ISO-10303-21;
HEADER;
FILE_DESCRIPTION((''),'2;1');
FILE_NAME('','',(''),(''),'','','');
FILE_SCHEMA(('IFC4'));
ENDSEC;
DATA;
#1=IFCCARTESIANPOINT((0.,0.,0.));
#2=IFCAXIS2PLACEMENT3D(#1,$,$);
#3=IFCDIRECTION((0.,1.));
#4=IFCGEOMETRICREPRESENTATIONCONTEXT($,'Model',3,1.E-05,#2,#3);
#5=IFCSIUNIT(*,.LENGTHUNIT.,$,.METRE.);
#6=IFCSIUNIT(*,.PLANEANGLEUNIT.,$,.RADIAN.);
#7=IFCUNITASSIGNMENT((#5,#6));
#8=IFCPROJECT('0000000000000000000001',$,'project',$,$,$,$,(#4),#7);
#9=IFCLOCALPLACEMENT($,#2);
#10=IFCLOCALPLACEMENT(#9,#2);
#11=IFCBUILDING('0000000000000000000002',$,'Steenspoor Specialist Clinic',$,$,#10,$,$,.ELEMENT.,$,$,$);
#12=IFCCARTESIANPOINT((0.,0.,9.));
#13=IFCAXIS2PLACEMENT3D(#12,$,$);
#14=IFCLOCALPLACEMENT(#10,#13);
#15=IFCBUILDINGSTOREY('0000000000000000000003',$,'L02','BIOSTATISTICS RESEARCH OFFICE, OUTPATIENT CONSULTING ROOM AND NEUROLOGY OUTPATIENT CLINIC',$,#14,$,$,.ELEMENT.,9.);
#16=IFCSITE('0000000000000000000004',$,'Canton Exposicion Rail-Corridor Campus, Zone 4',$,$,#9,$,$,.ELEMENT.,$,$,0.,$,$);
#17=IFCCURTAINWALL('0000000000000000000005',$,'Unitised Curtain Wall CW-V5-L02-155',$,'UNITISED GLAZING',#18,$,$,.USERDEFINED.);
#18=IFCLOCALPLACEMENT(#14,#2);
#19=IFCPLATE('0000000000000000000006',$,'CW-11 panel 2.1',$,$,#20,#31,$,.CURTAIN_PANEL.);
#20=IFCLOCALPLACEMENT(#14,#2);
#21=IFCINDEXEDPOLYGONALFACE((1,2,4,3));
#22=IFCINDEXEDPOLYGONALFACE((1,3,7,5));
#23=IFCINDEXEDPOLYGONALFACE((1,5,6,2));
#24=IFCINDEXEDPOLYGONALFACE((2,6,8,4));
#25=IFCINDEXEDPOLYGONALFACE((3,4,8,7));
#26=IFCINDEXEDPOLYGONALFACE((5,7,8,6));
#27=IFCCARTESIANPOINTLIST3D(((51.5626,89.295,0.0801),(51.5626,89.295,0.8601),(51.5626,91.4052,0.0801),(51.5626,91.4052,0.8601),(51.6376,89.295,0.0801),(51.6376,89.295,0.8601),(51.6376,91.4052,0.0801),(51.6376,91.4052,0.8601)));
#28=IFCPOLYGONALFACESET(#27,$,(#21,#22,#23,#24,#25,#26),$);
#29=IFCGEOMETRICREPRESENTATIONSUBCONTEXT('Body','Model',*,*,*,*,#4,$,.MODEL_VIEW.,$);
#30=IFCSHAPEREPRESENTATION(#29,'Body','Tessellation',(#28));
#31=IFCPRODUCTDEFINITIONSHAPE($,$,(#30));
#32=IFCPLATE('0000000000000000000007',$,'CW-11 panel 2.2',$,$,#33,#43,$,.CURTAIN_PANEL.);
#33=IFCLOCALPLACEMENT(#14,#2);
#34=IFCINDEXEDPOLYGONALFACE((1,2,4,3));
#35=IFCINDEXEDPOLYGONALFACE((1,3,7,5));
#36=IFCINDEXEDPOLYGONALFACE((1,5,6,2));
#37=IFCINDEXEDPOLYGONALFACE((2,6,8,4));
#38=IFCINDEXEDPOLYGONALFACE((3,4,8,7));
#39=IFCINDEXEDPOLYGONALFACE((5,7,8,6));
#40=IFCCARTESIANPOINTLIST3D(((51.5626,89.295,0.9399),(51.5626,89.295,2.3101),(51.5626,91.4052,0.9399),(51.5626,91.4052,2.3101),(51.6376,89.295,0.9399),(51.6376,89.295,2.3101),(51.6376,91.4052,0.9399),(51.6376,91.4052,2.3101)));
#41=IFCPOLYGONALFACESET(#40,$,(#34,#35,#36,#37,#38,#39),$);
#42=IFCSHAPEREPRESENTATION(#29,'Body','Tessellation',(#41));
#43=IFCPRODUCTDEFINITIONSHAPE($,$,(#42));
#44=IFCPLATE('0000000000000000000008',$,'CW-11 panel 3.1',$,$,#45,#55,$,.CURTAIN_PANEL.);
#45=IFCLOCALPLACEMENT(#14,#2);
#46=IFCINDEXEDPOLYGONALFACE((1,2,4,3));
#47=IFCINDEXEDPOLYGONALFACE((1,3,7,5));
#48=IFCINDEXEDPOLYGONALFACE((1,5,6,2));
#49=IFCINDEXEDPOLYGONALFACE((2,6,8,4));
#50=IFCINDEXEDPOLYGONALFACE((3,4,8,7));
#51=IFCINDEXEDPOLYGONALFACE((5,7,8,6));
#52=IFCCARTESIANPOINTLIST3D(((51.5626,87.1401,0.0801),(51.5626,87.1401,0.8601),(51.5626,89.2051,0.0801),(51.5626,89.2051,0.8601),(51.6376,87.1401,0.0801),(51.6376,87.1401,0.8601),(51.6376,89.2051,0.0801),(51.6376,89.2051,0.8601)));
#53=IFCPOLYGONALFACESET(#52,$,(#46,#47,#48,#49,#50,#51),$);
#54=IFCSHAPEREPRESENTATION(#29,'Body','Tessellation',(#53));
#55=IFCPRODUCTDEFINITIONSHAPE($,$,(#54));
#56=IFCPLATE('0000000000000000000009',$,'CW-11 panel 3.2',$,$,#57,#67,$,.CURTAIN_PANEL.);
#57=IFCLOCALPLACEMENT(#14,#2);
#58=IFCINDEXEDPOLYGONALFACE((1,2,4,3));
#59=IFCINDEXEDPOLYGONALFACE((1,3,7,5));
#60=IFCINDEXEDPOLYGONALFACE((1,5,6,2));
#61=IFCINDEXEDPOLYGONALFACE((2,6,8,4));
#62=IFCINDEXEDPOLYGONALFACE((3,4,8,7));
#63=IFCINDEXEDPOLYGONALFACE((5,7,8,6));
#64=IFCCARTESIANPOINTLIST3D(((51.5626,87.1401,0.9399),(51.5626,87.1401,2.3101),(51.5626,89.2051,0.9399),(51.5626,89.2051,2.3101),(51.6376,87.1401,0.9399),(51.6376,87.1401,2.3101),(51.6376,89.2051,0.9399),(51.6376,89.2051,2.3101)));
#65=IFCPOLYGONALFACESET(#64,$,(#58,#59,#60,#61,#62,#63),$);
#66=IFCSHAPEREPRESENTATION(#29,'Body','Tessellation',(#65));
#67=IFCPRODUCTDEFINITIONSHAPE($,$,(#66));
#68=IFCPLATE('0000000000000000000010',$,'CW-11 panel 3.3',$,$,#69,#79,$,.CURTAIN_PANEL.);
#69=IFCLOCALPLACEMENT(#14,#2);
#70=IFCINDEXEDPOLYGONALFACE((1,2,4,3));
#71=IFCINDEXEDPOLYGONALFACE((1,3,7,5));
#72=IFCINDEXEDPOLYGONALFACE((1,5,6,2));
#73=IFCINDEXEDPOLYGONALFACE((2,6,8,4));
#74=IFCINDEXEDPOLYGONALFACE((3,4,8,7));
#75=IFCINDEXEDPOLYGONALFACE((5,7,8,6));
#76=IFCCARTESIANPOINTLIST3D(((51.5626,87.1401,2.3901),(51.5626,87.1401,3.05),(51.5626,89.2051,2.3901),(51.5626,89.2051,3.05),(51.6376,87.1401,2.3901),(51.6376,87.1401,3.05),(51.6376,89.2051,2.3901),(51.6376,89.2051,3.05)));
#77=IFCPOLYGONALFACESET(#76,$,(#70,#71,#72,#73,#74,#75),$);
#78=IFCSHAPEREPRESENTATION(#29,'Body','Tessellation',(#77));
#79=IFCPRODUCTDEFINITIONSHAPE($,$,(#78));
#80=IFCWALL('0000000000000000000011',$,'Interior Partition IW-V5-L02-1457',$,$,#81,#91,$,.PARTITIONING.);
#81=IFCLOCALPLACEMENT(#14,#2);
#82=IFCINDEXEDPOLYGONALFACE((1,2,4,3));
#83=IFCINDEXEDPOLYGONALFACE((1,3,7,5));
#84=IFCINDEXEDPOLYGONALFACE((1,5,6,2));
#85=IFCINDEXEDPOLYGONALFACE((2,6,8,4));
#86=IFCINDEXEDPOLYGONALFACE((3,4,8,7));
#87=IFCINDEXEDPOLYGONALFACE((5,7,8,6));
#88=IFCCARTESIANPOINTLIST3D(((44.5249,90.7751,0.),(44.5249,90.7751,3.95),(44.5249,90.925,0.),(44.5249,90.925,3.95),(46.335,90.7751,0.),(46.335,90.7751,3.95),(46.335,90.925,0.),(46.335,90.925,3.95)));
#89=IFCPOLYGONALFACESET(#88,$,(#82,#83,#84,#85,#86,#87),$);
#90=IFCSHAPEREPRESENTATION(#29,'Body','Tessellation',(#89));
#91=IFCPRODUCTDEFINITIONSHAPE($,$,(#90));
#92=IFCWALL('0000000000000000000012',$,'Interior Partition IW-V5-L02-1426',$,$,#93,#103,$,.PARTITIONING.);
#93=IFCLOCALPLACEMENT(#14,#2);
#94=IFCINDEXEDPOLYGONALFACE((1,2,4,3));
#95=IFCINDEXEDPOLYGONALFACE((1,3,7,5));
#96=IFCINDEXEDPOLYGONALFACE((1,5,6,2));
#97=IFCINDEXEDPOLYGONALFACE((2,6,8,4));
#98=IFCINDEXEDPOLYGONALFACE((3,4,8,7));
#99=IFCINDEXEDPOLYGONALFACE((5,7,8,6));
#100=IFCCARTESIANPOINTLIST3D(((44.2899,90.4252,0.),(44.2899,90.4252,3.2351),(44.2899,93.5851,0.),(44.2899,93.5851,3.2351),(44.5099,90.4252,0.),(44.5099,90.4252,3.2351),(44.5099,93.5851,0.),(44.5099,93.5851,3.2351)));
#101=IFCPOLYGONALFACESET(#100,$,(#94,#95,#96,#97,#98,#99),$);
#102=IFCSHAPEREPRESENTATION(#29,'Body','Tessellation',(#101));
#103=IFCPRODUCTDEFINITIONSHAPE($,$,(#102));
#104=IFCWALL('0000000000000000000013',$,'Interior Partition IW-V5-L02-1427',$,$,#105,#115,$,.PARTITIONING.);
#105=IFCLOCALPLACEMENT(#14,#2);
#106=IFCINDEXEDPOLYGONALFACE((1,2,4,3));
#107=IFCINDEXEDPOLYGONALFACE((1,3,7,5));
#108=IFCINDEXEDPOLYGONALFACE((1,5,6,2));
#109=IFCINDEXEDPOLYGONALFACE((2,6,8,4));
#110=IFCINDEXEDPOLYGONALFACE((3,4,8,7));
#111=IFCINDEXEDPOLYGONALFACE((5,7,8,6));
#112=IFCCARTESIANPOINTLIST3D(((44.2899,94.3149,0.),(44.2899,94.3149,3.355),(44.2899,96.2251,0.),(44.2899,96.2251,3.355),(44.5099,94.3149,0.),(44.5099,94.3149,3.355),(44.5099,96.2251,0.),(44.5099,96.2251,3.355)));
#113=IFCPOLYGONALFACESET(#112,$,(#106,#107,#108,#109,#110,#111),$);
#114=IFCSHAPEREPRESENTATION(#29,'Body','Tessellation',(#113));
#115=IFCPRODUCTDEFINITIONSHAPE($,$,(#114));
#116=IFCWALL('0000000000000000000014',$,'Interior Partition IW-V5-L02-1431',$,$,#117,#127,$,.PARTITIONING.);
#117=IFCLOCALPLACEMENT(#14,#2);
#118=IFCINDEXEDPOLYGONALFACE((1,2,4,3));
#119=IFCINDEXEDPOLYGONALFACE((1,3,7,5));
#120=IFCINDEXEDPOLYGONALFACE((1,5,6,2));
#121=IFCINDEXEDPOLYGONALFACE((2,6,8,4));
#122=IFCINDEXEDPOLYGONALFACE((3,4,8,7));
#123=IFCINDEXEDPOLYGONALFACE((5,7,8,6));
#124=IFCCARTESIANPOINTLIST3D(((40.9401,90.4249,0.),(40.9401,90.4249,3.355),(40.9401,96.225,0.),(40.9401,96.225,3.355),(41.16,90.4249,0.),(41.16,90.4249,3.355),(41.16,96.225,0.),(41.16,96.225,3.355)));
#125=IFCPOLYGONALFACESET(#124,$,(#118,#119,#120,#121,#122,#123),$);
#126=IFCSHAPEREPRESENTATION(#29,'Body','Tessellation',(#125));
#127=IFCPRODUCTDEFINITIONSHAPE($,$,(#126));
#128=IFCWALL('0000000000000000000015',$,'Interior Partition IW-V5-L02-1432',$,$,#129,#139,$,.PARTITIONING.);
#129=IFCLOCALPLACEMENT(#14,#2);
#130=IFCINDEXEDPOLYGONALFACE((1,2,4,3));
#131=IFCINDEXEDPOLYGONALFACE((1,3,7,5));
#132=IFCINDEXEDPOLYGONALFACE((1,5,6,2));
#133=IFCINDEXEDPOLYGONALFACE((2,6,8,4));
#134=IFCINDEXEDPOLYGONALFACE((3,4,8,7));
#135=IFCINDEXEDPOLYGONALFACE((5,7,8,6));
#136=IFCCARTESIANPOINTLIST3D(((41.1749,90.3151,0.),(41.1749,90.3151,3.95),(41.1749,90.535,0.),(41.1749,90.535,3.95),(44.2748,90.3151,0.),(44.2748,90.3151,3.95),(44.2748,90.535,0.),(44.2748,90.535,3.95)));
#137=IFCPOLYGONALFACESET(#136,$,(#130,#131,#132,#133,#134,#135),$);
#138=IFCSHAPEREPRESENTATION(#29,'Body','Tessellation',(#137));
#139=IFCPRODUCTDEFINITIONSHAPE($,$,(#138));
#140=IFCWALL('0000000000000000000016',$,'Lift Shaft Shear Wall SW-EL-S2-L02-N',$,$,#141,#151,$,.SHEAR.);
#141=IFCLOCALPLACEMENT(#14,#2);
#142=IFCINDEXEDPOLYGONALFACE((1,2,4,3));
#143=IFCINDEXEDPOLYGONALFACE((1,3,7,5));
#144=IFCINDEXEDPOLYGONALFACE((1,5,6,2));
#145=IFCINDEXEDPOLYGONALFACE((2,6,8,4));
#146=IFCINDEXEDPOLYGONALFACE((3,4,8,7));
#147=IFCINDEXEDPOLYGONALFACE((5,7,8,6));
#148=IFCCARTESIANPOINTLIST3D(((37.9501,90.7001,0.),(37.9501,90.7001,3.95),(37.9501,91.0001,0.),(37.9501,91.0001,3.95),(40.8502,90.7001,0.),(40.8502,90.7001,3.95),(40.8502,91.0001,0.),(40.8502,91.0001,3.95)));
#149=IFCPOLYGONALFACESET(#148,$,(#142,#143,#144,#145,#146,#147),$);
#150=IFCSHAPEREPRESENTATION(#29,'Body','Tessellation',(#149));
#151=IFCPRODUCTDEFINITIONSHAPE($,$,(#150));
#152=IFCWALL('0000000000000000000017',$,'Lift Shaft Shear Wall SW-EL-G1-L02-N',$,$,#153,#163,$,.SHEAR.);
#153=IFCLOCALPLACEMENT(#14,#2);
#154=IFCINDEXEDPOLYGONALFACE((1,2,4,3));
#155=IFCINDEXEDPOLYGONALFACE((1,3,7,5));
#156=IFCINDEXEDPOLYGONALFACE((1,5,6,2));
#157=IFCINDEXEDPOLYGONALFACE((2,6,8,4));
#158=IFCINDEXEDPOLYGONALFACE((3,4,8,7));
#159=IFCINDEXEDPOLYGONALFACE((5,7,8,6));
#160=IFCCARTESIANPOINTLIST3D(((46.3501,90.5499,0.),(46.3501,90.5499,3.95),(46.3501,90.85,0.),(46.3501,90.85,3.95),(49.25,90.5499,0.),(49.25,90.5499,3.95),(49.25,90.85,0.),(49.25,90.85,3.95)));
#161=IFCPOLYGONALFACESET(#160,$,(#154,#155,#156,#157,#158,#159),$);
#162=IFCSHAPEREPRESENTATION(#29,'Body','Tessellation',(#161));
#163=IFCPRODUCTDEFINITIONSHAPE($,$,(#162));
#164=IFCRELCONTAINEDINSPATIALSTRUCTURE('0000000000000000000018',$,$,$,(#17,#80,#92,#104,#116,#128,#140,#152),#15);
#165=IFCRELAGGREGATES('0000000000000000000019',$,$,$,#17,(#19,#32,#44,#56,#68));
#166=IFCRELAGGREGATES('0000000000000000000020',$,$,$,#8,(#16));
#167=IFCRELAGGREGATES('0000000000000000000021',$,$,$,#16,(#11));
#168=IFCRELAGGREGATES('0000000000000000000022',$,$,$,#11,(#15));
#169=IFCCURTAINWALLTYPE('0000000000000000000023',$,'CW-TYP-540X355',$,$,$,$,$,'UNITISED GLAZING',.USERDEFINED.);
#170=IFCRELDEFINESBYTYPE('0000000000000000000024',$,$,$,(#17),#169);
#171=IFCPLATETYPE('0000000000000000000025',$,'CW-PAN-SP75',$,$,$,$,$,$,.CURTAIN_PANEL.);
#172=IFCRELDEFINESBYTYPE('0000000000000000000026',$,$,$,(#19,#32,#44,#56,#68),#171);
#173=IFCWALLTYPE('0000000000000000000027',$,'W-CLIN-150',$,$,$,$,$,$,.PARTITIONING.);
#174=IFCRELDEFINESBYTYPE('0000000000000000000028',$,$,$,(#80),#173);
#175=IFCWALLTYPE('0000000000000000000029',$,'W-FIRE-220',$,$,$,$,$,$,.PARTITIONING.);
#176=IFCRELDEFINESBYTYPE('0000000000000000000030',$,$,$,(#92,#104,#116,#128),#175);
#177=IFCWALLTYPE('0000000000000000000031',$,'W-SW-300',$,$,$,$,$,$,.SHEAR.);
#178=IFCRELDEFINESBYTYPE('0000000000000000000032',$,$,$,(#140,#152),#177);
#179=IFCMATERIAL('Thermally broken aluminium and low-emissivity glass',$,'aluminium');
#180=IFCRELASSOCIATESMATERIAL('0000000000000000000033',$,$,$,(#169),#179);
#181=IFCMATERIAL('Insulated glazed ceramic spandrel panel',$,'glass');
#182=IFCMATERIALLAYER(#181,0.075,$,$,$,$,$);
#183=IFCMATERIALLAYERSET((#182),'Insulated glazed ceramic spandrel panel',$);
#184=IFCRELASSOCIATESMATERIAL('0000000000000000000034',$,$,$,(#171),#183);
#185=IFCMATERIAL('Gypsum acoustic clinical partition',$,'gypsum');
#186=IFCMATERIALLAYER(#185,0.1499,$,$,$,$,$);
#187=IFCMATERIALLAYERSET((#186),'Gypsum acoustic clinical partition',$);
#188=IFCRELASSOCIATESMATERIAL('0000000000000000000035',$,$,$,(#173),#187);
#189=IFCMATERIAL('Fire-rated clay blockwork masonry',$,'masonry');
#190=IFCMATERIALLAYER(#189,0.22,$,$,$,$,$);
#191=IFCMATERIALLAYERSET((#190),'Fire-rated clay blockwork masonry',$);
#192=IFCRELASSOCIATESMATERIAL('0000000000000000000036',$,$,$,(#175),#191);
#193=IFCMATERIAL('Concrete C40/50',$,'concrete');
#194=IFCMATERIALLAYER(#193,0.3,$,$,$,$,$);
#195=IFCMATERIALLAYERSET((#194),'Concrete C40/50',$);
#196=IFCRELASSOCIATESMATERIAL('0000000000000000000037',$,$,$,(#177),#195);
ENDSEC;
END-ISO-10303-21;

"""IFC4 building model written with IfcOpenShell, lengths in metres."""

from ifc_helpers import new_model, si_unit, direction, frame, frame_2d, origin, origin_2d, place, context, subcontext, project, spatial, rectangle, extrude, material, layer, layer_set, type_object, element, aggregate, save


model = new_model("IFC4")

# Units and contexts
model_context = context("Model", 3, precision=1e-05, world=origin(), true_north=direction((0.0, 1.0)))
body_context = subcontext(model_context, "Body", "Model", "MODEL_VIEW")
ifc_project = project(units=[si_unit("LENGTHUNIT", "METRE"), si_unit("PLANEANGLEUNIT", "RADIAN")], contexts=[model_context])

# Site, building, storey
site_placement = place(None, origin())
site = spatial("IfcSite", under=ifc_project, at=site_placement, Name="Canton Exposicion Rail-Corridor Campus, Zone 4", CompositionType="ELEMENT", RefElevation=0.0)
building_placement = place(site_placement, origin())
building = spatial("IfcBuilding", under=site, at=building_placement, Name="Steenspoor Specialist Clinic", CompositionType="ELEMENT")
storey_placement = place(building_placement, frame((0.0, 0.0, 9.0)))
storey = spatial("IfcBuildingStorey", under=building, at=storey_placement, Name="L02", Description="BIOSTATISTICS RESEARCH OFFICE, OUTPATIENT CONSULTING ROOM AND NEUROLOGY OUTPATIENT CLINIC", CompositionType="ELEMENT", Elevation=9.0)

# Shared definitions
ifc_material_1 = material(Name="Concrete C40/50", Category="concrete")

# Curtain wall
ifc_material_2 = material(Name="Thermally broken aluminium and low-emissivity glass", Category="aluminium")
curtain_wall_type = type_object("IfcCurtainWallType", Name="CW-TYP-540X355", ElementType="UNITISED GLAZING", PredefinedType="USERDEFINED", material=ifc_material_2)
curtain_wall_placement = place(storey_placement, origin())
curtain_wall = element("IfcCurtainWall", 1, at=curtain_wall_placement, inside=storey, type_object=curtain_wall_type, Name="Unitised Curtain Wall CW-V5-L02-155", ObjectType="UNITISED GLAZING", PredefinedType="USERDEFINED")

# Plates
ifc_material_3 = material(Name="Insulated glazed ceramic spandrel panel", Category="glass")
ifc_layer_1 = layer(ifc_material_3, 0.075)
ifc_layer_set_1 = layer_set([ifc_layer_1], Name="Insulated glazed ceramic spandrel panel")
plate_type = type_object("IfcPlateType", Name="CW-PAN-SP75", PredefinedType="CURTAIN_PANEL", material=ifc_layer_set_1)
plate_1_placement = place(storey_placement, frame((51.6001, 90.3501, 0.0801), z_axis=(0.0, 0.0, 1.0), x_axis=(0.0, -1.0, 0.0)))
plate_1 = element("IfcPlate", 2, at=plate_1_placement, type_object=plate_type, Name="CW-11 panel 2.1", PredefinedType="CURTAIN_PANEL", context=body_context, shape_type="SweptSolid", body=[
    extrude(rectangle(XDim=2.1101, YDim=0.075, at=origin_2d()), origin(), (0.0, 0.0, 1.0), 0.78),
])
plate_2_placement = place(storey_placement, frame((51.6001, 90.3501, 0.9399), z_axis=(0.0, 0.0, 1.0), x_axis=(0.0, -1.0, 0.0)))
plate_2 = element("IfcPlate", 3, at=plate_2_placement, type_object=plate_type, Name="CW-11 panel 2.2", PredefinedType="CURTAIN_PANEL", context=body_context, shape_type="SweptSolid", body=[
    extrude(rectangle(XDim=2.1101, YDim=0.075, at=origin_2d()), origin(), (0.0, 0.0, 1.0), 1.3701),
])
plate_3_placement = place(storey_placement, frame((51.6001, 88.1726, 0.0801), z_axis=(0.0, 0.0, 1.0), x_axis=(0.0, -1.0, 0.0)))
plate_3 = element("IfcPlate", 4, at=plate_3_placement, type_object=plate_type, Name="CW-11 panel 3.1", PredefinedType="CURTAIN_PANEL", context=body_context, shape_type="SweptSolid", body=[
    extrude(rectangle(XDim=2.0649, YDim=0.075, at=origin_2d()), origin(), (0.0, 0.0, 1.0), 0.78),
])
plate_4_placement = place(storey_placement, frame((51.6001, 88.1726, 0.9399), z_axis=(0.0, 0.0, 1.0), x_axis=(0.0, -1.0, 0.0)))
plate_4 = element("IfcPlate", 5, at=plate_4_placement, type_object=plate_type, Name="CW-11 panel 3.2", PredefinedType="CURTAIN_PANEL", context=body_context, shape_type="SweptSolid", body=[
    extrude(rectangle(XDim=2.0649, YDim=0.075, at=origin_2d()), origin(), (0.0, 0.0, 1.0), 1.3701),
])
plate_5_placement = place(storey_placement, frame((51.6001, 88.1726, 2.3901), z_axis=(0.0, 0.0, 1.0), x_axis=(0.0, -1.0, 0.0)))
plate_5 = element("IfcPlate", 6, at=plate_5_placement, type_object=plate_type, Name="CW-11 panel 3.3", PredefinedType="CURTAIN_PANEL", context=body_context, shape_type="SweptSolid", body=[
    extrude(rectangle(XDim=2.0649, YDim=0.075, at=origin_2d()), origin(), (0.0, 0.0, 1.0), 0.6599),
])
aggregate(curtain_wall, [plate_1, plate_2, plate_3, plate_4, plate_5])

# Walls
ifc_material_4 = material(Name="Gypsum acoustic clinical partition", Category="gypsum")
ifc_layer_2 = layer(ifc_material_4, 0.1499)
ifc_layer_set_2 = layer_set([ifc_layer_2], Name="Gypsum acoustic clinical partition")
wall_type_1 = type_object("IfcWallType", Name="W-CLIN-150", PredefinedType="PARTITIONING", material=ifc_layer_set_2)
wall_1_placement = place(storey_placement, frame((44.5249, 90.8501, 0.0), z_axis=(0.0, 0.0, 1.0), x_axis=(1.0, 0.0, 0.0)))
element("IfcWall", 7, at=wall_1_placement, inside=storey, type_object=wall_type_1, Name="Interior Partition IW-V5-L02-1457", PredefinedType="PARTITIONING", context=body_context, shape_type="SweptSolid", body=[
    extrude(rectangle(XDim=1.8101, YDim=0.1499, at=frame_2d((0.905, 0.0))), origin(), (0.0, 0.0, 1.0), 3.95),
])
ifc_material_5 = material(Name="Fire-rated clay blockwork masonry", Category="masonry")
ifc_layer_3 = layer(ifc_material_5, 0.22)
ifc_layer_set_3 = layer_set([ifc_layer_3], Name="Fire-rated clay blockwork masonry")
wall_type_2 = type_object("IfcWallType", Name="W-FIRE-220", PredefinedType="PARTITIONING", material=ifc_layer_set_3)
wall_2_placement = place(storey_placement, frame((44.3999, 90.425, 0.0), z_axis=(0.0, 0.0, 1.0), x_axis=(0.0, 1.0, 0.0)))
element("IfcWall", 8, at=wall_2_placement, inside=storey, type_object=wall_type_2, Name="Interior Partition IW-V5-L02-1426", PredefinedType="PARTITIONING", context=body_context, shape_type="SweptSolid", body=[
    extrude(rectangle(XDim=3.1599, YDim=0.22, at=frame_2d((1.5801, 0.0))), origin(), (0.0, 0.0, 1.0), 3.2351),
])
wall_3_placement = place(storey_placement, frame((44.3999, 94.3149, 0.0), z_axis=(0.0, 0.0, 1.0), x_axis=(0.0, 1.0, 0.0)))
element("IfcWall", 9, at=wall_3_placement, inside=storey, type_object=wall_type_2, Name="Interior Partition IW-V5-L02-1427", PredefinedType="PARTITIONING", context=body_context, shape_type="SweptSolid", body=[
    extrude(rectangle(XDim=1.9102, YDim=0.22, at=frame_2d((0.9551, 0.0))), origin(), (0.0, 0.0, 1.0), 3.355),
])
wall_4_placement = place(storey_placement, frame((41.05, 90.425, 0.0), z_axis=(0.0, 0.0, 1.0), x_axis=(0.0, 1.0, 0.0)))
element("IfcWall", 10, at=wall_4_placement, inside=storey, type_object=wall_type_2, Name="Interior Partition IW-V5-L02-1431", PredefinedType="PARTITIONING", context=body_context, shape_type="SweptSolid", body=[
    extrude(rectangle(XDim=5.8, YDim=0.22, at=frame_2d((2.8999, 0.0))), origin(), (0.0, 0.0, 1.0), 3.355),
])
wall_5_placement = place(storey_placement, frame((41.175, 90.425, 0.0), z_axis=(0.0, 0.0, 1.0), x_axis=(1.0, 0.0, 0.0)))
element("IfcWall", 11, at=wall_5_placement, inside=storey, type_object=wall_type_2, Name="Interior Partition IW-V5-L02-1432", PredefinedType="PARTITIONING", context=body_context, shape_type="SweptSolid", body=[
    extrude(rectangle(XDim=3.0999, YDim=0.22, at=frame_2d((1.5498, 0.0))), origin(), (0.0, 0.0, 1.0), 3.95),
])
ifc_layer_4 = layer(ifc_material_1, 0.3)
ifc_layer_set_4 = layer_set([ifc_layer_4], Name="Concrete C40/50")
wall_type_3 = type_object("IfcWallType", Name="W-SW-300", PredefinedType="SHEAR", material=ifc_layer_set_4)
wall_6_placement = place(storey_placement, frame((37.95, 90.8501, 0.0), z_axis=(0.0, 0.0, 1.0), x_axis=(1.0, 0.0, 0.0)))
element("IfcWall", 12, at=wall_6_placement, inside=storey, type_object=wall_type_3, Name="Lift Shaft Shear Wall SW-EL-S2-L02-N", PredefinedType="SHEAR", context=body_context, shape_type="SweptSolid", body=[
    extrude(rectangle(XDim=2.9001, YDim=0.3, at=frame_2d((1.4502, 0.0))), origin(), (0.0, 0.0, 1.0), 3.95),
])
wall_7_placement = place(storey_placement, frame((46.3501, 90.7, 0.0), z_axis=(0.0, 0.0, 1.0), x_axis=(1.0, 0.0, 0.0)))
element("IfcWall", 13, at=wall_7_placement, inside=storey, type_object=wall_type_3, Name="Lift Shaft Shear Wall SW-EL-G1-L02-N", PredefinedType="SHEAR", context=body_context, shape_type="SweptSolid", body=[
    extrude(rectangle(XDim=2.8999, YDim=0.3, at=frame_2d((1.45, 0.0))), origin(), (0.0, 0.0, 1.0), 3.95),
])

save(model, "model.ifc")
